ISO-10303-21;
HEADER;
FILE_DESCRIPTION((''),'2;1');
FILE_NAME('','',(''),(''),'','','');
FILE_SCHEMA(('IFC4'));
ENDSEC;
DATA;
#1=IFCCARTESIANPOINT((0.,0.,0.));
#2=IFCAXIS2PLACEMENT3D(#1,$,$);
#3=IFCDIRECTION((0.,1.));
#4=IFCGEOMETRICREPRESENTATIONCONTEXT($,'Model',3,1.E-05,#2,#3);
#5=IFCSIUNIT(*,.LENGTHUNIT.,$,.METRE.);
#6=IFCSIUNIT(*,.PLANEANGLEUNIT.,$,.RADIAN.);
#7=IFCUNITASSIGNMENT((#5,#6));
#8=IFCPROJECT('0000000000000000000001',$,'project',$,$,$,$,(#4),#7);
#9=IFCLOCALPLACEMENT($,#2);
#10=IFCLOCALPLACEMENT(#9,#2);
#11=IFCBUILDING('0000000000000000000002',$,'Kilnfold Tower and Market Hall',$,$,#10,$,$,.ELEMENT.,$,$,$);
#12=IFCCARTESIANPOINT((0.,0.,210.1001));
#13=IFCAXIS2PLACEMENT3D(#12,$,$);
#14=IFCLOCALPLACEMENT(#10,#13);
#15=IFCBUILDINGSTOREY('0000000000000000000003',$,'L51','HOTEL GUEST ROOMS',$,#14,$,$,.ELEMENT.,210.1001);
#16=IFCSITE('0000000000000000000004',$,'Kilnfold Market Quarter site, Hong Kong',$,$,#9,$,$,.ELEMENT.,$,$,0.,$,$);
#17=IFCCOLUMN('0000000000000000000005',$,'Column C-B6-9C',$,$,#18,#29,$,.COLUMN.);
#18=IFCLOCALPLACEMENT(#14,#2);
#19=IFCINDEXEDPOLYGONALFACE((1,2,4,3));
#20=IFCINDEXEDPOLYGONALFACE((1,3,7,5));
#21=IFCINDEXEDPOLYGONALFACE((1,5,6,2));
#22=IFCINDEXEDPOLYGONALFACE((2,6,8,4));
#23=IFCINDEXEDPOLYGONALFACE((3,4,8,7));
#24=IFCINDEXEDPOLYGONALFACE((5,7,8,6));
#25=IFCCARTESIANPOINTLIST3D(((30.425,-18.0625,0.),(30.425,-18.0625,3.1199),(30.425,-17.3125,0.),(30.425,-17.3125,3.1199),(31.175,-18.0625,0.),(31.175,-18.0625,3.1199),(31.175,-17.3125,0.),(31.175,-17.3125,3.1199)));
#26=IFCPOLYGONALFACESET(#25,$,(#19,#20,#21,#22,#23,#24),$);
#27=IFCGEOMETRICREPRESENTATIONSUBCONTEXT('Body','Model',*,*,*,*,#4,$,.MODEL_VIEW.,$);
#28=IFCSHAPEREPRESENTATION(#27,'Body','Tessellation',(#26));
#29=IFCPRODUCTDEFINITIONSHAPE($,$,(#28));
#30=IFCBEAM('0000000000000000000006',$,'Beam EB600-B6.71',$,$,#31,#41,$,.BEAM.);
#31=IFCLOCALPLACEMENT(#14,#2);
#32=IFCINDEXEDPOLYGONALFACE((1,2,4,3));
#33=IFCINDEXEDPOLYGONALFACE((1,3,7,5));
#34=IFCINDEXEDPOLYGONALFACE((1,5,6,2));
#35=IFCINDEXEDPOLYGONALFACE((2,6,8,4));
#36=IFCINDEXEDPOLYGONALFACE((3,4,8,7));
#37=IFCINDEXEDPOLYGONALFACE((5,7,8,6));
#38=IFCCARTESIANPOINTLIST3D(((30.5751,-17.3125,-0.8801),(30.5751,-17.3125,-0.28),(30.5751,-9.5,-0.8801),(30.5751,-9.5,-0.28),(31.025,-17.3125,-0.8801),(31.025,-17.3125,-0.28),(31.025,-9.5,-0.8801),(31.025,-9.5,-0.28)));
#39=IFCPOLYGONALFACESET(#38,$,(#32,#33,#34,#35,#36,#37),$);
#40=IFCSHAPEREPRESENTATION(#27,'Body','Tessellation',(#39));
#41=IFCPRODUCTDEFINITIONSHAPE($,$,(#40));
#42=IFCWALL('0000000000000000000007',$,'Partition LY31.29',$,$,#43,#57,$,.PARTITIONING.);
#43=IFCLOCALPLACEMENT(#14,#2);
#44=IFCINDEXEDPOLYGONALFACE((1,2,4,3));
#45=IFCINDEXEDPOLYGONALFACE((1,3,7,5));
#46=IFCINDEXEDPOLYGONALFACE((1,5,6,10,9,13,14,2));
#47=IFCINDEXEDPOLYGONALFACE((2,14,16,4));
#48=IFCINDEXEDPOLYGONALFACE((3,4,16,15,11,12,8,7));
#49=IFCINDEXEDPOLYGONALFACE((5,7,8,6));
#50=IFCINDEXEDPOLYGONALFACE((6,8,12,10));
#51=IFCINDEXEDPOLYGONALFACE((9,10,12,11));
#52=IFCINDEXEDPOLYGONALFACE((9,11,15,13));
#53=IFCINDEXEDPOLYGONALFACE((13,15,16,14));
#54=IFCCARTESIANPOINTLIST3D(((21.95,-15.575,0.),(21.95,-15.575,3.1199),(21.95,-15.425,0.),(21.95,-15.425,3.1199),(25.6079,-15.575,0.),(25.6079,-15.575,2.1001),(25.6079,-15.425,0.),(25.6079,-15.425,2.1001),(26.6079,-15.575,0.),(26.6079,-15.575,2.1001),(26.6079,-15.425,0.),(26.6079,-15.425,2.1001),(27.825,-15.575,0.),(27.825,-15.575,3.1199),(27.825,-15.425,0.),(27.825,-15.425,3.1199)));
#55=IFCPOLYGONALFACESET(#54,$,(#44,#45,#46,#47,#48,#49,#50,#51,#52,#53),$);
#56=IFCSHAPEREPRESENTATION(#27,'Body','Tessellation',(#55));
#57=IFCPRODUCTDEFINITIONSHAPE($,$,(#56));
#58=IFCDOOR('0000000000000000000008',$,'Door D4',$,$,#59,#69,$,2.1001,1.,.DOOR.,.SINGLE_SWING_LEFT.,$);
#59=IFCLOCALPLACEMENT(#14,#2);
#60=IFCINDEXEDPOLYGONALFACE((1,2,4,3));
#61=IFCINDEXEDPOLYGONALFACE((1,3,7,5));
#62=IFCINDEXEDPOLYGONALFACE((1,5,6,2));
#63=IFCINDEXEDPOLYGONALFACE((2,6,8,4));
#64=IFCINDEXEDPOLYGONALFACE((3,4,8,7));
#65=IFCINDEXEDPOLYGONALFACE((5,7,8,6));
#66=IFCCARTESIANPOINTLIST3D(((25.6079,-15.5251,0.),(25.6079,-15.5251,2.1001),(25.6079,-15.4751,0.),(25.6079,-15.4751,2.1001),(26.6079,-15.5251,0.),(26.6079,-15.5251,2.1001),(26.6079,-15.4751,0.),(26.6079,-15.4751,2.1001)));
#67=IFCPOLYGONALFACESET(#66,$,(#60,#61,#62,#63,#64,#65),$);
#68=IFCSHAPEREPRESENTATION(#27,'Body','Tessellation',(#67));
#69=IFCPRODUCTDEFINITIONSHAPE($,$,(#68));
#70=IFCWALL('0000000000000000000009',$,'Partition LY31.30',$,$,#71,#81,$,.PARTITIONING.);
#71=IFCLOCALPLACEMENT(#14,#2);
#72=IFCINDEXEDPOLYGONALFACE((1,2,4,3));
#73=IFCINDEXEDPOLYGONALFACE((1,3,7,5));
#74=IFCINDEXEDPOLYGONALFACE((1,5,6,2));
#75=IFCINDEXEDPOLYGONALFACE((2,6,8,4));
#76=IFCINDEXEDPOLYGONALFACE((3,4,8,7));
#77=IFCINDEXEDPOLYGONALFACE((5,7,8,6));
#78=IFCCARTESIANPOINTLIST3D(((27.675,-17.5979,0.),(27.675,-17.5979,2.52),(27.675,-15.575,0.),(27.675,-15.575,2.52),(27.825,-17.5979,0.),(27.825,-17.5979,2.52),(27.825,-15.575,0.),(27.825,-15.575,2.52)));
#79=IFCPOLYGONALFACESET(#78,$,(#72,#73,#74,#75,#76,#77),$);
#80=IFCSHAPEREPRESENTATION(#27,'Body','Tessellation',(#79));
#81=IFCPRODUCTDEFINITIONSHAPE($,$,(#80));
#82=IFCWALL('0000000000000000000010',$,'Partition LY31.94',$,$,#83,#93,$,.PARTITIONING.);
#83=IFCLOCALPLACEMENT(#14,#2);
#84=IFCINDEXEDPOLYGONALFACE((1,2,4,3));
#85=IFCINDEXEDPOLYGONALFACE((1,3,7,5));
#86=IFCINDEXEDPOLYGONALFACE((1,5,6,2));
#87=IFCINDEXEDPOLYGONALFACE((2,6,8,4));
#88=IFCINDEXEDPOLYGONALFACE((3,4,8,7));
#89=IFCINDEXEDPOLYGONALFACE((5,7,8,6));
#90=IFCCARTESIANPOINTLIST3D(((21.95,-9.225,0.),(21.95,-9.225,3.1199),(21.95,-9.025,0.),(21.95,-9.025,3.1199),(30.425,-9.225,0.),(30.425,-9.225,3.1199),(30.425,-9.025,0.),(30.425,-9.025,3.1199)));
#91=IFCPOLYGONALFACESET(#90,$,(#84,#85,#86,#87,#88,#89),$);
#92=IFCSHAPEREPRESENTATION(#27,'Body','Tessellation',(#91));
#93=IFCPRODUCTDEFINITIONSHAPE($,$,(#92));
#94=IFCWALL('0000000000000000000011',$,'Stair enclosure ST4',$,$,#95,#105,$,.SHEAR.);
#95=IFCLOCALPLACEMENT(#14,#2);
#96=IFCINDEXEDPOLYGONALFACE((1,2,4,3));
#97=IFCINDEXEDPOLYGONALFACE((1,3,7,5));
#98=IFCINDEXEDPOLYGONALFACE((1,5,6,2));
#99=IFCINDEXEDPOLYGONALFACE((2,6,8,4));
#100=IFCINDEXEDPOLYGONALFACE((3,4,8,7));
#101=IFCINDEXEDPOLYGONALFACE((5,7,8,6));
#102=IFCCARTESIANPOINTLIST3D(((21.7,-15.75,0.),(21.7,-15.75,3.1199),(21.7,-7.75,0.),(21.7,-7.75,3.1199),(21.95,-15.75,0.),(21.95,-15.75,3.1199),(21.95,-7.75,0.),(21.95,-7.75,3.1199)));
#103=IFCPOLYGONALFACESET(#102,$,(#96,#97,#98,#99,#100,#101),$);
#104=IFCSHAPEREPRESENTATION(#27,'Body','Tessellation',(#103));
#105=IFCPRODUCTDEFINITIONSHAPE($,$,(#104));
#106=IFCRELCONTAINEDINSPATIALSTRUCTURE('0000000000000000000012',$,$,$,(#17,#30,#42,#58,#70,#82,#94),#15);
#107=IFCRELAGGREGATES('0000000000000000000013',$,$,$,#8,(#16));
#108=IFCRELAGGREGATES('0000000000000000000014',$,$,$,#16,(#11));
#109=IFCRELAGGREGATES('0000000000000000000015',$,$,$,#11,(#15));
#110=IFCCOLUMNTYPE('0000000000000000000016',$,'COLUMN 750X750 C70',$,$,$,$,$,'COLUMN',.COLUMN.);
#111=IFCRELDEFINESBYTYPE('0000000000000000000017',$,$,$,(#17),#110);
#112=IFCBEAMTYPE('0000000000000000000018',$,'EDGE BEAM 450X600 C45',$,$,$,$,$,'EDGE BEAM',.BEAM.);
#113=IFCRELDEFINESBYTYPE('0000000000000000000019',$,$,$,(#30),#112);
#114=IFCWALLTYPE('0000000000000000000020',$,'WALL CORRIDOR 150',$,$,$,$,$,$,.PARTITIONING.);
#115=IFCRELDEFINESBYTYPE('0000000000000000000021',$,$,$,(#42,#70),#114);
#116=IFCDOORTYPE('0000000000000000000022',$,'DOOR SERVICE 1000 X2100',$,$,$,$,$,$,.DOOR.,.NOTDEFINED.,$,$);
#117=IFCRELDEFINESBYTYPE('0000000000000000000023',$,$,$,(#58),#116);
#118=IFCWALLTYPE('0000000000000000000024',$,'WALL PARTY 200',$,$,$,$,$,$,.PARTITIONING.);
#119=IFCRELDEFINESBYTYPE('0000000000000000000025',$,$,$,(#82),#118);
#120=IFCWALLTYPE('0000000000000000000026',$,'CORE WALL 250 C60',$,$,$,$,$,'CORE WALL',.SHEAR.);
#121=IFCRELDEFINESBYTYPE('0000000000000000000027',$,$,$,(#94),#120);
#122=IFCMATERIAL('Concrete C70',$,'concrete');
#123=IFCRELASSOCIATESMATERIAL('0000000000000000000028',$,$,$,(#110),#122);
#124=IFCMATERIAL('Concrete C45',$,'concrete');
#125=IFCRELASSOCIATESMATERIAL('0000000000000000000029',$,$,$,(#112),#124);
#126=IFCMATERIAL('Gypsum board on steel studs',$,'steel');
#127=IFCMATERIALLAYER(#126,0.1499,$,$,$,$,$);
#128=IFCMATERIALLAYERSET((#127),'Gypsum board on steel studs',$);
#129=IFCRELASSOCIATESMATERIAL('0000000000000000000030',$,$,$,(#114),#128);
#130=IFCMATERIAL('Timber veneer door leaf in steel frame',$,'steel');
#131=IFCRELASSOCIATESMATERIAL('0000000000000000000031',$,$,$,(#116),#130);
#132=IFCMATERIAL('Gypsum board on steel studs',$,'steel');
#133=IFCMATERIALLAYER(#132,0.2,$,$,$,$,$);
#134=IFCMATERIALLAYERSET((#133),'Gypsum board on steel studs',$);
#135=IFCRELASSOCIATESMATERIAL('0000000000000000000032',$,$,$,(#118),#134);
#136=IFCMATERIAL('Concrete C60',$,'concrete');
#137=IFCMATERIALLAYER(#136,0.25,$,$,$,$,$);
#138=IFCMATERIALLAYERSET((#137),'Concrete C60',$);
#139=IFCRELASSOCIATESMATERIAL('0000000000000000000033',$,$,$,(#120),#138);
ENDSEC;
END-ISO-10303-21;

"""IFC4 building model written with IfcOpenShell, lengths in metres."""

from ifc_helpers import new_model, si_unit, direction, frame, frame_2d, origin, origin_2d, place, context, subcontext, project, spatial, rectangle, extrude, source, transform, mapped, material, layer, layer_set, material_profile, profile_set, type_object, element, fill, save


model = new_model("IFC4")

# Units and contexts
model_context = context("Model", 3, precision=1e-05, world=origin(), true_north=direction((0.0, 1.0)))
body_context = subcontext(model_context, "Body", "Model", "MODEL_VIEW")
ifc_project = project(units=[si_unit("LENGTHUNIT", "METRE"), si_unit("PLANEANGLEUNIT", "RADIAN")], contexts=[model_context])

# Site, building, storey
site_placement = place(None, origin())
site = spatial("IfcSite", under=ifc_project, at=site_placement, Name="Kilnfold Market Quarter site, Hong Kong", CompositionType="ELEMENT", RefElevation=0.0)
building_placement = place(site_placement, origin())
building = spatial("IfcBuilding", under=site, at=building_placement, Name="Kilnfold Tower and Market Hall", CompositionType="ELEMENT")
storey_placement = place(building_placement, frame((0.0, 0.0, 210.1001)))
storey = spatial("IfcBuildingStorey", under=building, at=storey_placement, Name="L51", Description="HOTEL GUEST ROOMS", CompositionType="ELEMENT", Elevation=210.1001)

# Column
ifc_material_1 = material(Name="Concrete C70", Category="concrete")
ifc_material_profile_1 = material_profile(ifc_material_1, rectangle(XDim=0.75, YDim=0.75, at=origin_2d()), Name="RC 750x750")
ifc_profile_set_1 = profile_set([ifc_material_profile_1], Name="Concrete C70")
column_type = type_object("IfcColumnType", Name="COLUMN 750X750 C70", ElementType="COLUMN", PredefinedType="COLUMN", material=ifc_profile_set_1)
shared_shape_1 = source(origin(), body_context, "Body", "SweptSolid", [
    extrude(rectangle(XDim=0.75, YDim=0.75, at=origin_2d()), origin(), (0.0, 0.0, 1.0), 3.1199),
])
column_placement = place(storey_placement, frame((30.8, -17.6875, 0.0), z_axis=(0.0, 0.0, 1.0), x_axis=(1.0, 0.0, 0.0)))
element("IfcColumn", 1, at=column_placement, inside=storey, type_object=column_type, Name="Column C-B6-9C", PredefinedType="COLUMN", context=body_context, shape_type="MappedRepresentation", body=[
    mapped(shared_shape_1, transform((0.0, 0.0, 0.0))),
])

# Beam
ifc_material_2 = material(Name="Concrete C45", Category="concrete")
ifc_material_profile_2 = material_profile(ifc_material_2, rectangle(XDim=0.45, YDim=0.6001, at=origin_2d()), Name="RC 450x600")
ifc_profile_set_2 = profile_set([ifc_material_profile_2], Name="Concrete C45")
beam_type = type_object("IfcBeamType", Name="EDGE BEAM 450X600 C45", ElementType="EDGE BEAM", PredefinedType="BEAM", material=ifc_profile_set_2)
shared_shape_2 = source(origin(), body_context, "Body", "SweptSolid", [
    extrude(rectangle(XDim=0.45, YDim=0.6001, at=origin_2d()), origin(), (0.0, 0.0, 1.0), 7.8125),
])
beam_placement = place(storey_placement, frame((30.8, -17.3125, -0.5801), z_axis=(0.0, 1.0, 0.0), x_axis=(-1.0, 0.0, 0.0)))
element("IfcBeam", 2, at=beam_placement, inside=storey, type_object=beam_type, Name="Beam EB600-B6.71", PredefinedType="BEAM", context=body_context, shape_type="MappedRepresentation", body=[
    mapped(shared_shape_2, transform((0.0, 0.0, 0.0))),
])

# Wall, opening, door
ifc_material_3 = material(Name="Gypsum board on steel studs", Category="steel")
ifc_layer_1 = layer(ifc_material_3, 0.1499)
ifc_layer_set_1 = layer_set([ifc_layer_1], Name="Gypsum board on steel studs")
wall_type_1 = type_object("IfcWallType", Name="WALL CORRIDOR 150", PredefinedType="PARTITIONING", material=ifc_layer_set_1)
wall_1_placement = place(storey_placement, frame((21.95, -15.5, 0.0), z_axis=(0.0, 0.0, 1.0), x_axis=(1.0, 0.0, 0.0)))
wall_1 = element("IfcWall", 3, at=wall_1_placement, inside=storey, type_object=wall_type_1, Name="Partition LY31.29", PredefinedType="PARTITIONING", context=body_context, shape_type="SweptSolid", body=[
    extrude(rectangle(XDim=5.875, YDim=0.1499, at=frame_2d((2.9375, 0.0))), origin(), (0.0, 0.0, 1.0), 3.1199),
])
opening_1_placement = place(wall_1_placement, frame((3.658, 0.0, 0.0)))
opening_1 = element("IfcOpeningElement", 4, at=opening_1_placement, cuts=wall_1, PredefinedType="OPENING", context=body_context, shape_type="SweptSolid", body=[
    extrude(rectangle(XDim=1.0, YDim=2.1001, at=frame_2d((0.5, 1.05))), frame((0.0, 0.085, 0.0), z_axis=(0.0, -1.0, 0.0), x_axis=(1.0, 0.0, 0.0)), (0.0, 0.0, 1.0), 0.1699),
])
ifc_material_4 = material(Name="Timber veneer door leaf in steel frame", Category="steel")
door_type_1 = type_object("IfcDoorType", Name="DOOR SERVICE 1000 X2100", OperationType="NOTDEFINED", PredefinedType="DOOR", material=ifc_material_4)
door_1_placement = place(opening_1_placement, origin())
door_1 = element("IfcDoor", 5, at=door_1_placement, inside=storey, type_object=door_type_1, Name="Door D4", OperationType="SINGLE_SWING_LEFT", OverallHeight=2.1001, OverallWidth=1.0, PredefinedType="DOOR", context=body_context, shape_type="SweptSolid", body=[
    extrude(rectangle(XDim=1.0, YDim=2.1001, at=frame_2d((0.5, 1.05))), frame((0.0, 0.0249, 0.0), z_axis=(0.0, -1.0, 0.0), x_axis=(1.0, 0.0, 0.0)), (0.0, 0.0, 1.0), 0.05),
])
fill(opening_1, door_1)

# Walls
wall_2_placement = place(storey_placement, frame((27.75, -17.5979, 0.0), z_axis=(0.0, 0.0, 1.0), x_axis=(0.0, 1.0, 0.0)))
element("IfcWall", 6, at=wall_2_placement, inside=storey, type_object=wall_type_1, Name="Partition LY31.30", PredefinedType="PARTITIONING", context=body_context, shape_type="SweptSolid", body=[
    extrude(rectangle(XDim=2.0229, YDim=0.1499, at=frame_2d((1.0115, 0.0))), origin(), (0.0, 0.0, 1.0), 2.52),
])
ifc_material_5 = material(Name="Gypsum board on steel studs", Category="steel")
ifc_layer_2 = layer(ifc_material_5, 0.2)
ifc_layer_set_2 = layer_set([ifc_layer_2], Name="Gypsum board on steel studs")
wall_type_2 = type_object("IfcWallType", Name="WALL PARTY 200", PredefinedType="PARTITIONING", material=ifc_layer_set_2)
wall_3_placement = place(storey_placement, frame((21.95, -9.125, 0.0), z_axis=(0.0, 0.0, 1.0), x_axis=(1.0, 0.0, 0.0)))
element("IfcWall", 7, at=wall_3_placement, inside=storey, type_object=wall_type_2, Name="Partition LY31.94", PredefinedType="PARTITIONING", context=body_context, shape_type="SweptSolid", body=[
    extrude(rectangle(XDim=8.4751, YDim=0.2, at=frame_2d((4.2375, 0.0))), origin(), (0.0, 0.0, 1.0), 3.1199),
])
ifc_material_6 = material(Name="Concrete C60", Category="concrete")
ifc_layer_3 = layer(ifc_material_6, 0.25)
ifc_layer_set_3 = layer_set([ifc_layer_3], Name="Concrete C60")
wall_type_3 = type_object("IfcWallType", Name="CORE WALL 250 C60", ElementType="CORE WALL", PredefinedType="SHEAR", material=ifc_layer_set_3)
shared_shape_3 = source(origin(), body_context, "Body", "SweptSolid", [
    extrude(rectangle(XDim=8.0, YDim=0.25, at=frame_2d((4.0, 0.0))), origin(), (0.0, 0.0, 1.0), 3.1199),
])
wall_4_placement = place(storey_placement, frame((21.825, -15.75, 0.0), z_axis=(0.0, 0.0, 1.0), x_axis=(0.0, 1.0, 0.0)))
element("IfcWall", 8, at=wall_4_placement, inside=storey, type_object=wall_type_3, Name="Stair enclosure ST4", PredefinedType="SHEAR", context=body_context, shape_type="MappedRepresentation", body=[
    mapped(shared_shape_3, transform((0.0, 0.0, 0.0))),
])

save(model, "model.ifc")
